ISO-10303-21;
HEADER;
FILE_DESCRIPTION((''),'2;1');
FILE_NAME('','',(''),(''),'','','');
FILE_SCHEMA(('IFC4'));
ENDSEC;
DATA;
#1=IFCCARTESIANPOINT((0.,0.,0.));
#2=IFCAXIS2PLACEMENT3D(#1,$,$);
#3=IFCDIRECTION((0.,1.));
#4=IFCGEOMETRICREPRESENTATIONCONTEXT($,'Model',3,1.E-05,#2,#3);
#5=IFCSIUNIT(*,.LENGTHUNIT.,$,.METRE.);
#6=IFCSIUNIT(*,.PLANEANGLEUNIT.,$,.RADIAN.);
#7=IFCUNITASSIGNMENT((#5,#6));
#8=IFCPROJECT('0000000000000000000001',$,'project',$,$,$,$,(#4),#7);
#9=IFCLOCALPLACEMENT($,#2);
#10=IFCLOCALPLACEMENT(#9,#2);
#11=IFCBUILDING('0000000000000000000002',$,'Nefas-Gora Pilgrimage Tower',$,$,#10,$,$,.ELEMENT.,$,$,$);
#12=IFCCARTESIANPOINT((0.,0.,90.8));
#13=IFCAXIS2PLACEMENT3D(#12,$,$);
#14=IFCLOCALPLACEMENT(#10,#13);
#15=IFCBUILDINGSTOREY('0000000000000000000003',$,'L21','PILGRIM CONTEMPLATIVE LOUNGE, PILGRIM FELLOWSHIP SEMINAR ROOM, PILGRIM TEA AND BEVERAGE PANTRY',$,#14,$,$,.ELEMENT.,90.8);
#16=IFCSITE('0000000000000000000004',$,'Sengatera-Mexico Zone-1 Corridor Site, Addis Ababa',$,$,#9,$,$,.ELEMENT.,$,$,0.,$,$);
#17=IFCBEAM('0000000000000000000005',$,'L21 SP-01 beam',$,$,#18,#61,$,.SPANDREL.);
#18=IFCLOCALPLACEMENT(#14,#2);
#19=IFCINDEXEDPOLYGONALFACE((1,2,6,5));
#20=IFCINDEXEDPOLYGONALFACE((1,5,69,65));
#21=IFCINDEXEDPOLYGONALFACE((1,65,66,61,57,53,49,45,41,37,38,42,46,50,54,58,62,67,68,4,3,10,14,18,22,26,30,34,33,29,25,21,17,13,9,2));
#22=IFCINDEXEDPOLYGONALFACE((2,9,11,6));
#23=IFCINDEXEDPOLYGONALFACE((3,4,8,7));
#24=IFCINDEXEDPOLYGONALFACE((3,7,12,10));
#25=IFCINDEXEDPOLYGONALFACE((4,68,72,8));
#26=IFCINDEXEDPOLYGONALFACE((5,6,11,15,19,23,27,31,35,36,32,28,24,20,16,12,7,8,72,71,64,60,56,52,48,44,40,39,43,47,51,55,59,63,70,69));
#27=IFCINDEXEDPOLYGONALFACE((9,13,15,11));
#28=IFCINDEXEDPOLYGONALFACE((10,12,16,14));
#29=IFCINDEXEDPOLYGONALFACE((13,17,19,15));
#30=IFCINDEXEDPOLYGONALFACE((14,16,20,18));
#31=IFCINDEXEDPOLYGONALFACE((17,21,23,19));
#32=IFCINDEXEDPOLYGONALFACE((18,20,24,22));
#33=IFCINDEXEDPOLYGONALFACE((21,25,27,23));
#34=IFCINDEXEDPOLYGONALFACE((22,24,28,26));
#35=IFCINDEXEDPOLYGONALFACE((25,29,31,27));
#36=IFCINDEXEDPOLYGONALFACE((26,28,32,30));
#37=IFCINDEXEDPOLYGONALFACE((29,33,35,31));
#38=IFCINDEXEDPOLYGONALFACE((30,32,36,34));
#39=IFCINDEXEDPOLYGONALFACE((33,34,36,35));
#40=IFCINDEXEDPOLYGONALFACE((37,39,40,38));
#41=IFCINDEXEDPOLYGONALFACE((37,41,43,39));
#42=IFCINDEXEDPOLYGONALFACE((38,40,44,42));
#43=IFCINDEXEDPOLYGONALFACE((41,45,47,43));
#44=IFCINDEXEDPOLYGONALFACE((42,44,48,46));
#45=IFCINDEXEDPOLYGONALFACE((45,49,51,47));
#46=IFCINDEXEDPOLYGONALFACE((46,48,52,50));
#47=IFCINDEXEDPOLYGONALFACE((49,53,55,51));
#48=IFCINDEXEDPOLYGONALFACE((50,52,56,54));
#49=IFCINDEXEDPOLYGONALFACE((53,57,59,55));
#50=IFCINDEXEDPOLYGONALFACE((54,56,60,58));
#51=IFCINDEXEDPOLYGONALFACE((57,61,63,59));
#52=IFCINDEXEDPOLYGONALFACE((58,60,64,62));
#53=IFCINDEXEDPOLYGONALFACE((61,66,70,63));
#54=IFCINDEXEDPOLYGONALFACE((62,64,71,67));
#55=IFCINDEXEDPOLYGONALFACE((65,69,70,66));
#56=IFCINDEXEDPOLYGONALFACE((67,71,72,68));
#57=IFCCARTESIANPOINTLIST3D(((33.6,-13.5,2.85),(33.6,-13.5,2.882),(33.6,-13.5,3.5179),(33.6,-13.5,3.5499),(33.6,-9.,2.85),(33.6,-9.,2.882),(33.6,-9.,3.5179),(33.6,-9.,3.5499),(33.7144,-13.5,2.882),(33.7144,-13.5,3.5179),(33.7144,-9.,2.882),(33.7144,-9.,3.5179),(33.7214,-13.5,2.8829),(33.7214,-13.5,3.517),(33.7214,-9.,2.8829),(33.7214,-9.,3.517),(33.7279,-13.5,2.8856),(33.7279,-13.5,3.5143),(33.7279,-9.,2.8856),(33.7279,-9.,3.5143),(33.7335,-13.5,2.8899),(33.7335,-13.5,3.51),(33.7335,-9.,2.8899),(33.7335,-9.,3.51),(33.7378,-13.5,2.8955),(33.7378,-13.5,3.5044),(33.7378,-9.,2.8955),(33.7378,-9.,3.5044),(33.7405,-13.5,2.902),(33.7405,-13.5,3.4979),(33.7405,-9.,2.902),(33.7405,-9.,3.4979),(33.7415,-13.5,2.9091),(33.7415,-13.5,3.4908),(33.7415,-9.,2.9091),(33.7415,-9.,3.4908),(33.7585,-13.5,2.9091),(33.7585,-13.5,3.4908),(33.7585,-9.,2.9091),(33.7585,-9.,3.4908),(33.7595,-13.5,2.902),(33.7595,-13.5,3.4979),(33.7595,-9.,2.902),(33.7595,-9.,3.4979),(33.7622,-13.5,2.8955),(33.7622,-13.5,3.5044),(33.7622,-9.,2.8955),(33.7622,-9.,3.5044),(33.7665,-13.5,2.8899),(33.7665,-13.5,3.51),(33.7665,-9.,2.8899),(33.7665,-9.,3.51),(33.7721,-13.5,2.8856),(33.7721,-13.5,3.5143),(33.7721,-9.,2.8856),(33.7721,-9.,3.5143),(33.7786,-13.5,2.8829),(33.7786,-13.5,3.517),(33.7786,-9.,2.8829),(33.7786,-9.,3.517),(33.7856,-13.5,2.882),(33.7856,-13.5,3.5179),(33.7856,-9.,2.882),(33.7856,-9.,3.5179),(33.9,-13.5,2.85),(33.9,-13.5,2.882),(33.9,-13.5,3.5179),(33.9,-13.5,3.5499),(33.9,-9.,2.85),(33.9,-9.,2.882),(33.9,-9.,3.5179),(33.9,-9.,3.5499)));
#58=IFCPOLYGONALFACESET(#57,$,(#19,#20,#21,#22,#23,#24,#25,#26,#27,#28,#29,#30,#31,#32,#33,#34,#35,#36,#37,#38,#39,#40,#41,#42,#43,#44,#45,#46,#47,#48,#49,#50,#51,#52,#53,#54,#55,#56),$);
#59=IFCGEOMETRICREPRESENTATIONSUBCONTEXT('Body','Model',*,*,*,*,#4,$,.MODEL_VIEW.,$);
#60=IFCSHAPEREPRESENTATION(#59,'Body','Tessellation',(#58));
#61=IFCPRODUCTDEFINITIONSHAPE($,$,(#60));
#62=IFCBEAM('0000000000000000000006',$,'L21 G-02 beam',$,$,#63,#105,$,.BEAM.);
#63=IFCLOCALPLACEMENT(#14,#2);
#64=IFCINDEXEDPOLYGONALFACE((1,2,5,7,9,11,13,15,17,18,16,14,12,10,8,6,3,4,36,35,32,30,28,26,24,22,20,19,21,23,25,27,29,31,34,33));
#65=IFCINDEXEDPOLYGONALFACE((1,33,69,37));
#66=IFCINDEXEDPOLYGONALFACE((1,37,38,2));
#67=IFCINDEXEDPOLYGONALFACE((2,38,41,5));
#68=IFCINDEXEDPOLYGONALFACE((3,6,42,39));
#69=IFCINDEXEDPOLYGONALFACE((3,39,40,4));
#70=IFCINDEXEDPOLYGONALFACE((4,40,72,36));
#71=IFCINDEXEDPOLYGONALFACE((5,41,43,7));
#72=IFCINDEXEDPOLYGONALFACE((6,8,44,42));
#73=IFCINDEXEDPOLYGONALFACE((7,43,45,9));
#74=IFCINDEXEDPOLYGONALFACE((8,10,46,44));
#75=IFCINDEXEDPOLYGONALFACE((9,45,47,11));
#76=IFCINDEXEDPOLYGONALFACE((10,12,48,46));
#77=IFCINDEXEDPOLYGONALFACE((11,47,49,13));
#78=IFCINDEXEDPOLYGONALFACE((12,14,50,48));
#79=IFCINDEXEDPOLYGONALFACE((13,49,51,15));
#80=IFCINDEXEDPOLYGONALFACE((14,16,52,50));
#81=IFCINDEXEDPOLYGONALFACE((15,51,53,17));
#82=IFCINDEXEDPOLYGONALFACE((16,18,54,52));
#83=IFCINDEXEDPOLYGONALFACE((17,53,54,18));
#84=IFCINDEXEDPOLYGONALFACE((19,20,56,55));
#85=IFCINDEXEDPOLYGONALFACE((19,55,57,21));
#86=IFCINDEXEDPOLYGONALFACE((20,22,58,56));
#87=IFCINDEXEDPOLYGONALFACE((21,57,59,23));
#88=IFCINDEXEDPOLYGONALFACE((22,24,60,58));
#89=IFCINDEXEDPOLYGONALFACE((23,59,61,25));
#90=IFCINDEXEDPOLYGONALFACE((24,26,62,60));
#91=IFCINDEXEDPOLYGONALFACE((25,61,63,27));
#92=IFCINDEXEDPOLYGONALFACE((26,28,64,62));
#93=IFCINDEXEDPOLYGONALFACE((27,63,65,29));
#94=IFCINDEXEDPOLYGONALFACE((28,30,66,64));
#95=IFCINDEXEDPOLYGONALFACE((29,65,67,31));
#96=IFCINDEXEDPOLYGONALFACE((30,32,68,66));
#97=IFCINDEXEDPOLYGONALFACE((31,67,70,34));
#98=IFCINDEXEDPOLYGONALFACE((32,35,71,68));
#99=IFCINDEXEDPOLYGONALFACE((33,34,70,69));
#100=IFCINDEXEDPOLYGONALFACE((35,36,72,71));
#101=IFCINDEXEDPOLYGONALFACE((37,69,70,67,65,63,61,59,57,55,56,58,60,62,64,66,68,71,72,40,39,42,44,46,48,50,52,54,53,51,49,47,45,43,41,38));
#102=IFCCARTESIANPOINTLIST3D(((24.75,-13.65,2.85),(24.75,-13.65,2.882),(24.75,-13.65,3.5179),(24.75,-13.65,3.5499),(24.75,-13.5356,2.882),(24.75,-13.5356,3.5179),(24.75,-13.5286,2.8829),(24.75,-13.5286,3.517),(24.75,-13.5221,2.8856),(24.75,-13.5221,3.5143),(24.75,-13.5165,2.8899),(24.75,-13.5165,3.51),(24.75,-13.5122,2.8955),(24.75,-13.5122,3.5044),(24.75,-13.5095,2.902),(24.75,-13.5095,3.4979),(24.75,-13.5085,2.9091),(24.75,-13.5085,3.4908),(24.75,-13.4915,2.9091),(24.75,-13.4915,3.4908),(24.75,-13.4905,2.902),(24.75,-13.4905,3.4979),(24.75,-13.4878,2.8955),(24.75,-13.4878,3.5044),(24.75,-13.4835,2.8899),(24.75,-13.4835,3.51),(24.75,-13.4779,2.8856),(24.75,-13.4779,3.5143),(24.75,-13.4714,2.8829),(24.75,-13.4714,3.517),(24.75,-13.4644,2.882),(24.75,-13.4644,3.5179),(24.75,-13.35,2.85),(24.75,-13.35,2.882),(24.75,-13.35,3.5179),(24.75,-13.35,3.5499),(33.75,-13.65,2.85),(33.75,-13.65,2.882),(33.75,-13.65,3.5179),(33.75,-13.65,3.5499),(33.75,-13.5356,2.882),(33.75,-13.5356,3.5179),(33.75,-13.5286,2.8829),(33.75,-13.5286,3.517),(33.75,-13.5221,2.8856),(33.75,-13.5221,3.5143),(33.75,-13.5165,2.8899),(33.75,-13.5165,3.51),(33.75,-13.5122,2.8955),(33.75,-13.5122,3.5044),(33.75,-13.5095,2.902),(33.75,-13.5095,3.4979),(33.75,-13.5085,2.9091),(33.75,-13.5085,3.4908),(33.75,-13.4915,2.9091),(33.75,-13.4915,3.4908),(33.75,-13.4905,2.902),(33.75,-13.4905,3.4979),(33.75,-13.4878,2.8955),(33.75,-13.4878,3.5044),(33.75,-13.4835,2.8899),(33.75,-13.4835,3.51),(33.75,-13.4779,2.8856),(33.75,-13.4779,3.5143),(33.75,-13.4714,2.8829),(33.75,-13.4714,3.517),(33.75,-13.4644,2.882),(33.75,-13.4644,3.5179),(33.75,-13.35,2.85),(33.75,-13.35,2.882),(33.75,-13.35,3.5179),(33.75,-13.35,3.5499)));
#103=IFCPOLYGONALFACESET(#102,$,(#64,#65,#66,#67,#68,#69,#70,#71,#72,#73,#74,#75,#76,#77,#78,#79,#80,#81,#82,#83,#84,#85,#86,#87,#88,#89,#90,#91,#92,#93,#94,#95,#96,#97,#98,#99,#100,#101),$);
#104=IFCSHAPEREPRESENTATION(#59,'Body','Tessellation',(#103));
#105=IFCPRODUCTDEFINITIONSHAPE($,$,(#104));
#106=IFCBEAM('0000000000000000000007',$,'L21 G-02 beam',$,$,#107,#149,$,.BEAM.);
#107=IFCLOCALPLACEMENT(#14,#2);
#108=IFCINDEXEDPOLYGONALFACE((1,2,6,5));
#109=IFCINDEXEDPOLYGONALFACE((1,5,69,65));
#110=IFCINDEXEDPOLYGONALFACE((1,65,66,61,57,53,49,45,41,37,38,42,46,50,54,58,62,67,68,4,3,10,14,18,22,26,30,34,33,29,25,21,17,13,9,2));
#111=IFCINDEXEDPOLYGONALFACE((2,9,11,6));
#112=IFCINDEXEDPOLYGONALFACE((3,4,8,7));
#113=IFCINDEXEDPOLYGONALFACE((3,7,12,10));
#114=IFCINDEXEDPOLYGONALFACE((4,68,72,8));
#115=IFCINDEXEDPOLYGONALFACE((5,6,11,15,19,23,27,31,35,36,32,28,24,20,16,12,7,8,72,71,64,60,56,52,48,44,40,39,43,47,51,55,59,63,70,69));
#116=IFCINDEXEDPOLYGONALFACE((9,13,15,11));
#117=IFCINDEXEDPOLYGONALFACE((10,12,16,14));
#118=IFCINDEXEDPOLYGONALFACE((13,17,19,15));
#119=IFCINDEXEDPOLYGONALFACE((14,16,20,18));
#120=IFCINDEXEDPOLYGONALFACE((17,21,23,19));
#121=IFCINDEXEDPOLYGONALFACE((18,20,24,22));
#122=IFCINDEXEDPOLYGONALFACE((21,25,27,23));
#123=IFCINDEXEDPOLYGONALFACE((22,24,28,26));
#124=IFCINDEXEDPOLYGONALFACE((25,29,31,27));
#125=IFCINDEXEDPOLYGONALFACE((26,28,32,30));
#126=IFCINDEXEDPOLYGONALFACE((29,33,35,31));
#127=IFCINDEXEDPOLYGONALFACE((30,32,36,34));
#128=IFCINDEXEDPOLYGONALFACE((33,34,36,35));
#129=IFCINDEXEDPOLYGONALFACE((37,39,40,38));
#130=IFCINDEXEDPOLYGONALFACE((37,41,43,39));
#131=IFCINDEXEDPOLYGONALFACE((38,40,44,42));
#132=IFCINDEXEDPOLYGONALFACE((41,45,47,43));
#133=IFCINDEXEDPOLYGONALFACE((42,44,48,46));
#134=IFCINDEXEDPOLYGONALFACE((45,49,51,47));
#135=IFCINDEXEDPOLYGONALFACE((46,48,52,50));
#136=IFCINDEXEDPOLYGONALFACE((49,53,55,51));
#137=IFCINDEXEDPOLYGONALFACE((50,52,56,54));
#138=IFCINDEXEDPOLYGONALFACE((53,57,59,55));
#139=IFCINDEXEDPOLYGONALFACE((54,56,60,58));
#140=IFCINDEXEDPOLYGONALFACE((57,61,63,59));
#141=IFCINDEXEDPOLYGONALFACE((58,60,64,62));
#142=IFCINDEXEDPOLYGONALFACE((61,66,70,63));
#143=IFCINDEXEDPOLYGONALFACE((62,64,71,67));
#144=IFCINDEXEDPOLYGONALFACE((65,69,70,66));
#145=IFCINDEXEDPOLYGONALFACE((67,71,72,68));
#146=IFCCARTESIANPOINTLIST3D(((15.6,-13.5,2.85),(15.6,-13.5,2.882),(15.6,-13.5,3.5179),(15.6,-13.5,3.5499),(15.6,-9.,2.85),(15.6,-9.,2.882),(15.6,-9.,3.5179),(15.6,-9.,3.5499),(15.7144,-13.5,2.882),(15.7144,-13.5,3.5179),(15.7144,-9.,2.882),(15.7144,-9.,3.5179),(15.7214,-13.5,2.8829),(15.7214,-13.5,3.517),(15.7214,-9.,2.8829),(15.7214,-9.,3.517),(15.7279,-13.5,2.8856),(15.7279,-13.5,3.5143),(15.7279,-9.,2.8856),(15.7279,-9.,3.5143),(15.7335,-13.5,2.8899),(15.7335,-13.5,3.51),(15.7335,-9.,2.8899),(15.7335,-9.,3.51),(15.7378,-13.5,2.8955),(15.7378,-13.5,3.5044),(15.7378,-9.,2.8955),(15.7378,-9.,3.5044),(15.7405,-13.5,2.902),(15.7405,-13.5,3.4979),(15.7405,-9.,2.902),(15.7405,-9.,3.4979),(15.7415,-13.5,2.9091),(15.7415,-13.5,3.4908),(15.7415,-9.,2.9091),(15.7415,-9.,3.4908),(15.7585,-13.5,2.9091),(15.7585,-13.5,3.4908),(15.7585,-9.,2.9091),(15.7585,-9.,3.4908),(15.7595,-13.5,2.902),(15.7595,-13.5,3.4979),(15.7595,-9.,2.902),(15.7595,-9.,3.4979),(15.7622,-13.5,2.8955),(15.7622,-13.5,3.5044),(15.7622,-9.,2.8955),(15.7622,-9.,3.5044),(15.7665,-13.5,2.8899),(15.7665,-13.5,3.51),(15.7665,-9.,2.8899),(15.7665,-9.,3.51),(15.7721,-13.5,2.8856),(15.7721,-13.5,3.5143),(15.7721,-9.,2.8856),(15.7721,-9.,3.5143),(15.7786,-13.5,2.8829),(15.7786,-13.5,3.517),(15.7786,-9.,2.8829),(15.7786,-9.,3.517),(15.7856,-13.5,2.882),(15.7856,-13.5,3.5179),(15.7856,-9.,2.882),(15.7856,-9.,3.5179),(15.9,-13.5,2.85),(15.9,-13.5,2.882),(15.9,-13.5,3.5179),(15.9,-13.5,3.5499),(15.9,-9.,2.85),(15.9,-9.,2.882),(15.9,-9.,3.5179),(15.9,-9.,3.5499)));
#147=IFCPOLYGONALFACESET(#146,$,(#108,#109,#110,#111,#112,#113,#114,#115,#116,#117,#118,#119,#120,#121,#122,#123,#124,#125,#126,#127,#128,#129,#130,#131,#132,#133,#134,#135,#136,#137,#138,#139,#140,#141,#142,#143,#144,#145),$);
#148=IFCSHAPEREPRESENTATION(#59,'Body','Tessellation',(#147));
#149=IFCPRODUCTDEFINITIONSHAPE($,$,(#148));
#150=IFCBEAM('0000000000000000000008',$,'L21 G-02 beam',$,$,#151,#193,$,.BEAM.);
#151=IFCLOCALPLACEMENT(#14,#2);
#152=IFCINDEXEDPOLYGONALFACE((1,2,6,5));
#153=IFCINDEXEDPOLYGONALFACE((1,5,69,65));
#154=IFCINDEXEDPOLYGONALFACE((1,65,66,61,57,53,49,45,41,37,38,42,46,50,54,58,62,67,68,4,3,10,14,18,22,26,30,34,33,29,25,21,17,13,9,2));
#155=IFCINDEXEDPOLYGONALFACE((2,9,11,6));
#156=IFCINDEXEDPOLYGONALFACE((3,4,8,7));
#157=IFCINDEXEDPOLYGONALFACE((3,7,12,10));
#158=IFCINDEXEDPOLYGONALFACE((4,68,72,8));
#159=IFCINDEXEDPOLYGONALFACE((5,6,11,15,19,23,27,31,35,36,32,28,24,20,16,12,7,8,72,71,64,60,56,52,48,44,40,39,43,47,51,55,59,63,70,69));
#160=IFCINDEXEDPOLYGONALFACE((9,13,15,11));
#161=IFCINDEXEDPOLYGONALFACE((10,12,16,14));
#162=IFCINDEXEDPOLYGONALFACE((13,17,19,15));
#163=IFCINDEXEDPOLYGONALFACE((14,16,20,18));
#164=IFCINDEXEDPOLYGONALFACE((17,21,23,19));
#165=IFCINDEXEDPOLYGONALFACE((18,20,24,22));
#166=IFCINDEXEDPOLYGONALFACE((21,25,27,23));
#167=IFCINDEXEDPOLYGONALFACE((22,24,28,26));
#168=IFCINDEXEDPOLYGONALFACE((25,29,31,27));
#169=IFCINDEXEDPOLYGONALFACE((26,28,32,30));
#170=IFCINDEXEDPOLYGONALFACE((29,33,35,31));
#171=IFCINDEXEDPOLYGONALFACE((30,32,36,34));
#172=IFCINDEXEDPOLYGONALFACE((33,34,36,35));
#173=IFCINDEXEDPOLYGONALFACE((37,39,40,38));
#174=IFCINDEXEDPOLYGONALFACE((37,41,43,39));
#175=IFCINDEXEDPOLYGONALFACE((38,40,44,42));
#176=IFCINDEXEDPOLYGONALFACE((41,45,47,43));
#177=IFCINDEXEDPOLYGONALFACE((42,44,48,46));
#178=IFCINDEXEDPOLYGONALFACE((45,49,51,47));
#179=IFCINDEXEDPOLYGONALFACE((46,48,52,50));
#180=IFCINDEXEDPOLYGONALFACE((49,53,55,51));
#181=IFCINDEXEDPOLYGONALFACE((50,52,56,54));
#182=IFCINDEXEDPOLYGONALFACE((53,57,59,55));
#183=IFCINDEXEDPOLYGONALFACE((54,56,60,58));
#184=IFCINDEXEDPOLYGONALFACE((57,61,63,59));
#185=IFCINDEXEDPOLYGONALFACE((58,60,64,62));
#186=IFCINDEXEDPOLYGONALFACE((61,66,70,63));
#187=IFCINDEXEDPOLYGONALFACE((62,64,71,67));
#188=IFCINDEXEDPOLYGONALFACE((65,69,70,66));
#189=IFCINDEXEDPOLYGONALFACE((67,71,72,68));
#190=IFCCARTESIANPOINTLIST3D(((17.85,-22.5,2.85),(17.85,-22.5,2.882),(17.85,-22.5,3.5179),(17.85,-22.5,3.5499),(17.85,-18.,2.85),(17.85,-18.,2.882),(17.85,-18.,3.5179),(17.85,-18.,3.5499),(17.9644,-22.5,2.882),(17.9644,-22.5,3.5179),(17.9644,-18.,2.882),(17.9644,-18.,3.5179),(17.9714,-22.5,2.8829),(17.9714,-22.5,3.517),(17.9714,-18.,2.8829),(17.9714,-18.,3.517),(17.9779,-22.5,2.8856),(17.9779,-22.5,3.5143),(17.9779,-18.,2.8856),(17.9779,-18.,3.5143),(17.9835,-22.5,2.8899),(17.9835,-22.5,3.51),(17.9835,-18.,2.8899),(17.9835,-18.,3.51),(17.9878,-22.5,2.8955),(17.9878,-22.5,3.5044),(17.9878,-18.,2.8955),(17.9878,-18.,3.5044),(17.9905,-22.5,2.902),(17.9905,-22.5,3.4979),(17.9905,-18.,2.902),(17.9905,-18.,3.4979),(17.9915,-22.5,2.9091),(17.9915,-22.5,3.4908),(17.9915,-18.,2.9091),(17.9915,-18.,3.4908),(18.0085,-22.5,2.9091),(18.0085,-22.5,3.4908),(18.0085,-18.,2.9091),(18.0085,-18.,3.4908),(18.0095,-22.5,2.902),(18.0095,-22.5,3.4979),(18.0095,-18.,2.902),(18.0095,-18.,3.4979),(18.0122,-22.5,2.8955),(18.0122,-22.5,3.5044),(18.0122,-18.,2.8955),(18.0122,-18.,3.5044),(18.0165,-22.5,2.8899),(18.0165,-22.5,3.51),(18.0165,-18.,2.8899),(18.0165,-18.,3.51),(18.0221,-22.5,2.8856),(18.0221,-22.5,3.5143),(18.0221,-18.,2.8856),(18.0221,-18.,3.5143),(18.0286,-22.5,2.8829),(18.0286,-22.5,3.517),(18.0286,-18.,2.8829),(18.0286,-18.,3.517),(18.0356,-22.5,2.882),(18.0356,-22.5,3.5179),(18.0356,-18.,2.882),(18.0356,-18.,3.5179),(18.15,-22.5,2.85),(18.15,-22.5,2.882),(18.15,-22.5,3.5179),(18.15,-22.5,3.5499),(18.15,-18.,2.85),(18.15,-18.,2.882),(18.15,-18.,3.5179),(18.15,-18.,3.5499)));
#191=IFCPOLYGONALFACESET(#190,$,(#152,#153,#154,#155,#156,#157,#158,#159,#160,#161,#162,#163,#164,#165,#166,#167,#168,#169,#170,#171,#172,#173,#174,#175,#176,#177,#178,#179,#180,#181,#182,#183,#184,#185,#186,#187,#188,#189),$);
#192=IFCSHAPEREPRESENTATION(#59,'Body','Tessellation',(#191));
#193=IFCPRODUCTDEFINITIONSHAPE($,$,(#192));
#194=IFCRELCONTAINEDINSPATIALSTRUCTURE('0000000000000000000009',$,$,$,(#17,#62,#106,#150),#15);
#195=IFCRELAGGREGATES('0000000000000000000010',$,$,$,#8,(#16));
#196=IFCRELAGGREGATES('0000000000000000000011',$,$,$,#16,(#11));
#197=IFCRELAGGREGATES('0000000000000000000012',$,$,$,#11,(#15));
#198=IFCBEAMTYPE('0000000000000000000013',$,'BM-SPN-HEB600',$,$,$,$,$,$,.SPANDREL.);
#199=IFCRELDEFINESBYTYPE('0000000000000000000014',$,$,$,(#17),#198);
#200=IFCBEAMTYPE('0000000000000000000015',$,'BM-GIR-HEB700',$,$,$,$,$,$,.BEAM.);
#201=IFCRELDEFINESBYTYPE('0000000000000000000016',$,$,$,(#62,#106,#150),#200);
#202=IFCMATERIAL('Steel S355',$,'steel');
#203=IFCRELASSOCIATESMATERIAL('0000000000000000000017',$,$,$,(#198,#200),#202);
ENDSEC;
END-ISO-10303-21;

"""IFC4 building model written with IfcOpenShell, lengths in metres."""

from ifc_helpers import new_model, si_unit, direction, frame, origin, origin_2d, place, context, subcontext, project, spatial, i_section, extrude, source, transform, mapped, material, material_profile, profile_set, type_object, element, save


model = new_model("IFC4")

# Units and contexts
model_context = context("Model", 3, precision=1e-05, world=origin(), true_north=direction((0.0, 1.0)))
body_context = subcontext(model_context, "Body", "Model", "MODEL_VIEW")
ifc_project = project(units=[si_unit("LENGTHUNIT", "METRE"), si_unit("PLANEANGLEUNIT", "RADIAN")], contexts=[model_context])

# Site, building, storey
site_placement = place(None, origin())
site = spatial("IfcSite", under=ifc_project, at=site_placement, Name="Sengatera-Mexico Zone-1 Corridor Site, Addis Ababa", CompositionType="ELEMENT", RefElevation=0.0)
building_placement = place(site_placement, origin())
building = spatial("IfcBuilding", under=site, at=building_placement, Name="Nefas-Gora Pilgrimage Tower", CompositionType="ELEMENT")
storey_placement = place(building_placement, frame((0.0, 0.0, 90.8)))
storey = spatial("IfcBuildingStorey", under=building, at=storey_placement, Name="L21", Description="PILGRIM CONTEMPLATIVE LOUNGE, PILGRIM FELLOWSHIP SEMINAR ROOM, PILGRIM TEA AND BEVERAGE PANTRY", CompositionType="ELEMENT", Elevation=90.8)

# Beams
ifc_material_1 = material(Name="Steel S355", Category="steel")
ifc_material_profile_1 = material_profile(ifc_material_1, i_section(OverallWidth=0.3, OverallDepth=0.7, WebThickness=0.0171, FlangeThickness=0.032, FilletRadius=0.0271, at=origin_2d()), Name="HEB 700")
ifc_profile_set_1 = profile_set([ifc_material_profile_1], Name="Steel S355")
beam_type_1 = type_object("IfcBeamType", Name="BM-SPN-HEB600", PredefinedType="SPANDREL", material=ifc_profile_set_1)
shared_shape_1 = source(origin(), body_context, "Body", "SweptSolid", [
    extrude(i_section(OverallWidth=0.3, OverallDepth=0.7, WebThickness=0.0171, FlangeThickness=0.032, FilletRadius=0.0271, at=origin_2d()), origin(), (0.0, 0.0, 1.0), 4.5),
])
for number, where, z_axis, x_axis, name in (
    (1, (33.75, -13.5, 3.2), (0.0, 1.0, 0.0), (-1.0, 0.0, 0.0), "L21 SP-01 beam"),
):
    element("IfcBeam", number, at=place(storey_placement, frame(where, z_axis=z_axis, x_axis=x_axis)), inside=storey, type_object=beam_type_1, Name=name, PredefinedType="SPANDREL", context=body_context, shape_type="MappedRepresentation", body=[
        mapped(shared_shape_1, transform((0.0, 0.0, 0.0), x_axis=(1.0, 0.0, 0.0), y_axis=(0.0, 1.0, 0.0), z_axis=(0.0, 0.0, 1.0), scale=1.0)),
    ])
ifc_material_profile_2 = material_profile(ifc_material_1, i_section(OverallWidth=0.3, OverallDepth=0.7, WebThickness=0.0171, FlangeThickness=0.032, FilletRadius=0.0271, at=origin_2d()), Name="HEB 700")
ifc_profile_set_2 = profile_set([ifc_material_profile_2], Name="Steel S355")
beam_type_2 = type_object("IfcBeamType", Name="BM-GIR-HEB700", PredefinedType="BEAM", material=ifc_profile_set_2)
shared_shape_2 = source(origin(), body_context, "Body", "SweptSolid", [
    extrude(i_section(OverallWidth=0.3, OverallDepth=0.7, WebThickness=0.0171, FlangeThickness=0.032, FilletRadius=0.0271, at=origin_2d()), origin(), (0.0, 0.0, 1.0), 9.0),
])
beam_1_placement = place(storey_placement, frame((24.75, -13.5, 3.2), z_axis=(1.0, 0.0, 0.0), x_axis=(0.0, 1.0, 0.0)))
element("IfcBeam", 2, at=beam_1_placement, inside=storey, type_object=beam_type_2, Name="L21 G-02 beam", PredefinedType="BEAM", context=body_context, shape_type="MappedRepresentation", body=[
    mapped(shared_shape_2, transform((0.0, 0.0, 0.0), x_axis=(1.0, 0.0, 0.0), y_axis=(0.0, 1.0, 0.0), z_axis=(0.0, 0.0, 1.0), scale=1.0)),
])
shared_shape_3 = source(origin(), body_context, "Body", "SweptSolid", [
    extrude(i_section(OverallWidth=0.3, OverallDepth=0.7, WebThickness=0.0171, FlangeThickness=0.032, FilletRadius=0.0271, at=origin_2d()), origin(), (0.0, 0.0, 1.0), 4.5),
])
for number, where, z_axis, x_axis, name in (
    (3, (15.75, -13.5, 3.2), (0.0, 1.0, 0.0), (-1.0, 0.0, 0.0), "L21 G-02 beam"),
    (4, (18.0, -22.5, 3.2), (0.0, 1.0, 0.0), (-1.0, 0.0, 0.0), "L21 G-02 beam"),
):
    element("IfcBeam", number, at=place(storey_placement, frame(where, z_axis=z_axis, x_axis=x_axis)), inside=storey, type_object=beam_type_2, Name=name, PredefinedType="BEAM", context=body_context, shape_type="MappedRepresentation", body=[
        mapped(shared_shape_3, transform((0.0, 0.0, 0.0), x_axis=(1.0, 0.0, 0.0), y_axis=(0.0, 1.0, 0.0), z_axis=(0.0, 0.0, 1.0), scale=1.0)),
    ])

save(model, "model.ifc")
